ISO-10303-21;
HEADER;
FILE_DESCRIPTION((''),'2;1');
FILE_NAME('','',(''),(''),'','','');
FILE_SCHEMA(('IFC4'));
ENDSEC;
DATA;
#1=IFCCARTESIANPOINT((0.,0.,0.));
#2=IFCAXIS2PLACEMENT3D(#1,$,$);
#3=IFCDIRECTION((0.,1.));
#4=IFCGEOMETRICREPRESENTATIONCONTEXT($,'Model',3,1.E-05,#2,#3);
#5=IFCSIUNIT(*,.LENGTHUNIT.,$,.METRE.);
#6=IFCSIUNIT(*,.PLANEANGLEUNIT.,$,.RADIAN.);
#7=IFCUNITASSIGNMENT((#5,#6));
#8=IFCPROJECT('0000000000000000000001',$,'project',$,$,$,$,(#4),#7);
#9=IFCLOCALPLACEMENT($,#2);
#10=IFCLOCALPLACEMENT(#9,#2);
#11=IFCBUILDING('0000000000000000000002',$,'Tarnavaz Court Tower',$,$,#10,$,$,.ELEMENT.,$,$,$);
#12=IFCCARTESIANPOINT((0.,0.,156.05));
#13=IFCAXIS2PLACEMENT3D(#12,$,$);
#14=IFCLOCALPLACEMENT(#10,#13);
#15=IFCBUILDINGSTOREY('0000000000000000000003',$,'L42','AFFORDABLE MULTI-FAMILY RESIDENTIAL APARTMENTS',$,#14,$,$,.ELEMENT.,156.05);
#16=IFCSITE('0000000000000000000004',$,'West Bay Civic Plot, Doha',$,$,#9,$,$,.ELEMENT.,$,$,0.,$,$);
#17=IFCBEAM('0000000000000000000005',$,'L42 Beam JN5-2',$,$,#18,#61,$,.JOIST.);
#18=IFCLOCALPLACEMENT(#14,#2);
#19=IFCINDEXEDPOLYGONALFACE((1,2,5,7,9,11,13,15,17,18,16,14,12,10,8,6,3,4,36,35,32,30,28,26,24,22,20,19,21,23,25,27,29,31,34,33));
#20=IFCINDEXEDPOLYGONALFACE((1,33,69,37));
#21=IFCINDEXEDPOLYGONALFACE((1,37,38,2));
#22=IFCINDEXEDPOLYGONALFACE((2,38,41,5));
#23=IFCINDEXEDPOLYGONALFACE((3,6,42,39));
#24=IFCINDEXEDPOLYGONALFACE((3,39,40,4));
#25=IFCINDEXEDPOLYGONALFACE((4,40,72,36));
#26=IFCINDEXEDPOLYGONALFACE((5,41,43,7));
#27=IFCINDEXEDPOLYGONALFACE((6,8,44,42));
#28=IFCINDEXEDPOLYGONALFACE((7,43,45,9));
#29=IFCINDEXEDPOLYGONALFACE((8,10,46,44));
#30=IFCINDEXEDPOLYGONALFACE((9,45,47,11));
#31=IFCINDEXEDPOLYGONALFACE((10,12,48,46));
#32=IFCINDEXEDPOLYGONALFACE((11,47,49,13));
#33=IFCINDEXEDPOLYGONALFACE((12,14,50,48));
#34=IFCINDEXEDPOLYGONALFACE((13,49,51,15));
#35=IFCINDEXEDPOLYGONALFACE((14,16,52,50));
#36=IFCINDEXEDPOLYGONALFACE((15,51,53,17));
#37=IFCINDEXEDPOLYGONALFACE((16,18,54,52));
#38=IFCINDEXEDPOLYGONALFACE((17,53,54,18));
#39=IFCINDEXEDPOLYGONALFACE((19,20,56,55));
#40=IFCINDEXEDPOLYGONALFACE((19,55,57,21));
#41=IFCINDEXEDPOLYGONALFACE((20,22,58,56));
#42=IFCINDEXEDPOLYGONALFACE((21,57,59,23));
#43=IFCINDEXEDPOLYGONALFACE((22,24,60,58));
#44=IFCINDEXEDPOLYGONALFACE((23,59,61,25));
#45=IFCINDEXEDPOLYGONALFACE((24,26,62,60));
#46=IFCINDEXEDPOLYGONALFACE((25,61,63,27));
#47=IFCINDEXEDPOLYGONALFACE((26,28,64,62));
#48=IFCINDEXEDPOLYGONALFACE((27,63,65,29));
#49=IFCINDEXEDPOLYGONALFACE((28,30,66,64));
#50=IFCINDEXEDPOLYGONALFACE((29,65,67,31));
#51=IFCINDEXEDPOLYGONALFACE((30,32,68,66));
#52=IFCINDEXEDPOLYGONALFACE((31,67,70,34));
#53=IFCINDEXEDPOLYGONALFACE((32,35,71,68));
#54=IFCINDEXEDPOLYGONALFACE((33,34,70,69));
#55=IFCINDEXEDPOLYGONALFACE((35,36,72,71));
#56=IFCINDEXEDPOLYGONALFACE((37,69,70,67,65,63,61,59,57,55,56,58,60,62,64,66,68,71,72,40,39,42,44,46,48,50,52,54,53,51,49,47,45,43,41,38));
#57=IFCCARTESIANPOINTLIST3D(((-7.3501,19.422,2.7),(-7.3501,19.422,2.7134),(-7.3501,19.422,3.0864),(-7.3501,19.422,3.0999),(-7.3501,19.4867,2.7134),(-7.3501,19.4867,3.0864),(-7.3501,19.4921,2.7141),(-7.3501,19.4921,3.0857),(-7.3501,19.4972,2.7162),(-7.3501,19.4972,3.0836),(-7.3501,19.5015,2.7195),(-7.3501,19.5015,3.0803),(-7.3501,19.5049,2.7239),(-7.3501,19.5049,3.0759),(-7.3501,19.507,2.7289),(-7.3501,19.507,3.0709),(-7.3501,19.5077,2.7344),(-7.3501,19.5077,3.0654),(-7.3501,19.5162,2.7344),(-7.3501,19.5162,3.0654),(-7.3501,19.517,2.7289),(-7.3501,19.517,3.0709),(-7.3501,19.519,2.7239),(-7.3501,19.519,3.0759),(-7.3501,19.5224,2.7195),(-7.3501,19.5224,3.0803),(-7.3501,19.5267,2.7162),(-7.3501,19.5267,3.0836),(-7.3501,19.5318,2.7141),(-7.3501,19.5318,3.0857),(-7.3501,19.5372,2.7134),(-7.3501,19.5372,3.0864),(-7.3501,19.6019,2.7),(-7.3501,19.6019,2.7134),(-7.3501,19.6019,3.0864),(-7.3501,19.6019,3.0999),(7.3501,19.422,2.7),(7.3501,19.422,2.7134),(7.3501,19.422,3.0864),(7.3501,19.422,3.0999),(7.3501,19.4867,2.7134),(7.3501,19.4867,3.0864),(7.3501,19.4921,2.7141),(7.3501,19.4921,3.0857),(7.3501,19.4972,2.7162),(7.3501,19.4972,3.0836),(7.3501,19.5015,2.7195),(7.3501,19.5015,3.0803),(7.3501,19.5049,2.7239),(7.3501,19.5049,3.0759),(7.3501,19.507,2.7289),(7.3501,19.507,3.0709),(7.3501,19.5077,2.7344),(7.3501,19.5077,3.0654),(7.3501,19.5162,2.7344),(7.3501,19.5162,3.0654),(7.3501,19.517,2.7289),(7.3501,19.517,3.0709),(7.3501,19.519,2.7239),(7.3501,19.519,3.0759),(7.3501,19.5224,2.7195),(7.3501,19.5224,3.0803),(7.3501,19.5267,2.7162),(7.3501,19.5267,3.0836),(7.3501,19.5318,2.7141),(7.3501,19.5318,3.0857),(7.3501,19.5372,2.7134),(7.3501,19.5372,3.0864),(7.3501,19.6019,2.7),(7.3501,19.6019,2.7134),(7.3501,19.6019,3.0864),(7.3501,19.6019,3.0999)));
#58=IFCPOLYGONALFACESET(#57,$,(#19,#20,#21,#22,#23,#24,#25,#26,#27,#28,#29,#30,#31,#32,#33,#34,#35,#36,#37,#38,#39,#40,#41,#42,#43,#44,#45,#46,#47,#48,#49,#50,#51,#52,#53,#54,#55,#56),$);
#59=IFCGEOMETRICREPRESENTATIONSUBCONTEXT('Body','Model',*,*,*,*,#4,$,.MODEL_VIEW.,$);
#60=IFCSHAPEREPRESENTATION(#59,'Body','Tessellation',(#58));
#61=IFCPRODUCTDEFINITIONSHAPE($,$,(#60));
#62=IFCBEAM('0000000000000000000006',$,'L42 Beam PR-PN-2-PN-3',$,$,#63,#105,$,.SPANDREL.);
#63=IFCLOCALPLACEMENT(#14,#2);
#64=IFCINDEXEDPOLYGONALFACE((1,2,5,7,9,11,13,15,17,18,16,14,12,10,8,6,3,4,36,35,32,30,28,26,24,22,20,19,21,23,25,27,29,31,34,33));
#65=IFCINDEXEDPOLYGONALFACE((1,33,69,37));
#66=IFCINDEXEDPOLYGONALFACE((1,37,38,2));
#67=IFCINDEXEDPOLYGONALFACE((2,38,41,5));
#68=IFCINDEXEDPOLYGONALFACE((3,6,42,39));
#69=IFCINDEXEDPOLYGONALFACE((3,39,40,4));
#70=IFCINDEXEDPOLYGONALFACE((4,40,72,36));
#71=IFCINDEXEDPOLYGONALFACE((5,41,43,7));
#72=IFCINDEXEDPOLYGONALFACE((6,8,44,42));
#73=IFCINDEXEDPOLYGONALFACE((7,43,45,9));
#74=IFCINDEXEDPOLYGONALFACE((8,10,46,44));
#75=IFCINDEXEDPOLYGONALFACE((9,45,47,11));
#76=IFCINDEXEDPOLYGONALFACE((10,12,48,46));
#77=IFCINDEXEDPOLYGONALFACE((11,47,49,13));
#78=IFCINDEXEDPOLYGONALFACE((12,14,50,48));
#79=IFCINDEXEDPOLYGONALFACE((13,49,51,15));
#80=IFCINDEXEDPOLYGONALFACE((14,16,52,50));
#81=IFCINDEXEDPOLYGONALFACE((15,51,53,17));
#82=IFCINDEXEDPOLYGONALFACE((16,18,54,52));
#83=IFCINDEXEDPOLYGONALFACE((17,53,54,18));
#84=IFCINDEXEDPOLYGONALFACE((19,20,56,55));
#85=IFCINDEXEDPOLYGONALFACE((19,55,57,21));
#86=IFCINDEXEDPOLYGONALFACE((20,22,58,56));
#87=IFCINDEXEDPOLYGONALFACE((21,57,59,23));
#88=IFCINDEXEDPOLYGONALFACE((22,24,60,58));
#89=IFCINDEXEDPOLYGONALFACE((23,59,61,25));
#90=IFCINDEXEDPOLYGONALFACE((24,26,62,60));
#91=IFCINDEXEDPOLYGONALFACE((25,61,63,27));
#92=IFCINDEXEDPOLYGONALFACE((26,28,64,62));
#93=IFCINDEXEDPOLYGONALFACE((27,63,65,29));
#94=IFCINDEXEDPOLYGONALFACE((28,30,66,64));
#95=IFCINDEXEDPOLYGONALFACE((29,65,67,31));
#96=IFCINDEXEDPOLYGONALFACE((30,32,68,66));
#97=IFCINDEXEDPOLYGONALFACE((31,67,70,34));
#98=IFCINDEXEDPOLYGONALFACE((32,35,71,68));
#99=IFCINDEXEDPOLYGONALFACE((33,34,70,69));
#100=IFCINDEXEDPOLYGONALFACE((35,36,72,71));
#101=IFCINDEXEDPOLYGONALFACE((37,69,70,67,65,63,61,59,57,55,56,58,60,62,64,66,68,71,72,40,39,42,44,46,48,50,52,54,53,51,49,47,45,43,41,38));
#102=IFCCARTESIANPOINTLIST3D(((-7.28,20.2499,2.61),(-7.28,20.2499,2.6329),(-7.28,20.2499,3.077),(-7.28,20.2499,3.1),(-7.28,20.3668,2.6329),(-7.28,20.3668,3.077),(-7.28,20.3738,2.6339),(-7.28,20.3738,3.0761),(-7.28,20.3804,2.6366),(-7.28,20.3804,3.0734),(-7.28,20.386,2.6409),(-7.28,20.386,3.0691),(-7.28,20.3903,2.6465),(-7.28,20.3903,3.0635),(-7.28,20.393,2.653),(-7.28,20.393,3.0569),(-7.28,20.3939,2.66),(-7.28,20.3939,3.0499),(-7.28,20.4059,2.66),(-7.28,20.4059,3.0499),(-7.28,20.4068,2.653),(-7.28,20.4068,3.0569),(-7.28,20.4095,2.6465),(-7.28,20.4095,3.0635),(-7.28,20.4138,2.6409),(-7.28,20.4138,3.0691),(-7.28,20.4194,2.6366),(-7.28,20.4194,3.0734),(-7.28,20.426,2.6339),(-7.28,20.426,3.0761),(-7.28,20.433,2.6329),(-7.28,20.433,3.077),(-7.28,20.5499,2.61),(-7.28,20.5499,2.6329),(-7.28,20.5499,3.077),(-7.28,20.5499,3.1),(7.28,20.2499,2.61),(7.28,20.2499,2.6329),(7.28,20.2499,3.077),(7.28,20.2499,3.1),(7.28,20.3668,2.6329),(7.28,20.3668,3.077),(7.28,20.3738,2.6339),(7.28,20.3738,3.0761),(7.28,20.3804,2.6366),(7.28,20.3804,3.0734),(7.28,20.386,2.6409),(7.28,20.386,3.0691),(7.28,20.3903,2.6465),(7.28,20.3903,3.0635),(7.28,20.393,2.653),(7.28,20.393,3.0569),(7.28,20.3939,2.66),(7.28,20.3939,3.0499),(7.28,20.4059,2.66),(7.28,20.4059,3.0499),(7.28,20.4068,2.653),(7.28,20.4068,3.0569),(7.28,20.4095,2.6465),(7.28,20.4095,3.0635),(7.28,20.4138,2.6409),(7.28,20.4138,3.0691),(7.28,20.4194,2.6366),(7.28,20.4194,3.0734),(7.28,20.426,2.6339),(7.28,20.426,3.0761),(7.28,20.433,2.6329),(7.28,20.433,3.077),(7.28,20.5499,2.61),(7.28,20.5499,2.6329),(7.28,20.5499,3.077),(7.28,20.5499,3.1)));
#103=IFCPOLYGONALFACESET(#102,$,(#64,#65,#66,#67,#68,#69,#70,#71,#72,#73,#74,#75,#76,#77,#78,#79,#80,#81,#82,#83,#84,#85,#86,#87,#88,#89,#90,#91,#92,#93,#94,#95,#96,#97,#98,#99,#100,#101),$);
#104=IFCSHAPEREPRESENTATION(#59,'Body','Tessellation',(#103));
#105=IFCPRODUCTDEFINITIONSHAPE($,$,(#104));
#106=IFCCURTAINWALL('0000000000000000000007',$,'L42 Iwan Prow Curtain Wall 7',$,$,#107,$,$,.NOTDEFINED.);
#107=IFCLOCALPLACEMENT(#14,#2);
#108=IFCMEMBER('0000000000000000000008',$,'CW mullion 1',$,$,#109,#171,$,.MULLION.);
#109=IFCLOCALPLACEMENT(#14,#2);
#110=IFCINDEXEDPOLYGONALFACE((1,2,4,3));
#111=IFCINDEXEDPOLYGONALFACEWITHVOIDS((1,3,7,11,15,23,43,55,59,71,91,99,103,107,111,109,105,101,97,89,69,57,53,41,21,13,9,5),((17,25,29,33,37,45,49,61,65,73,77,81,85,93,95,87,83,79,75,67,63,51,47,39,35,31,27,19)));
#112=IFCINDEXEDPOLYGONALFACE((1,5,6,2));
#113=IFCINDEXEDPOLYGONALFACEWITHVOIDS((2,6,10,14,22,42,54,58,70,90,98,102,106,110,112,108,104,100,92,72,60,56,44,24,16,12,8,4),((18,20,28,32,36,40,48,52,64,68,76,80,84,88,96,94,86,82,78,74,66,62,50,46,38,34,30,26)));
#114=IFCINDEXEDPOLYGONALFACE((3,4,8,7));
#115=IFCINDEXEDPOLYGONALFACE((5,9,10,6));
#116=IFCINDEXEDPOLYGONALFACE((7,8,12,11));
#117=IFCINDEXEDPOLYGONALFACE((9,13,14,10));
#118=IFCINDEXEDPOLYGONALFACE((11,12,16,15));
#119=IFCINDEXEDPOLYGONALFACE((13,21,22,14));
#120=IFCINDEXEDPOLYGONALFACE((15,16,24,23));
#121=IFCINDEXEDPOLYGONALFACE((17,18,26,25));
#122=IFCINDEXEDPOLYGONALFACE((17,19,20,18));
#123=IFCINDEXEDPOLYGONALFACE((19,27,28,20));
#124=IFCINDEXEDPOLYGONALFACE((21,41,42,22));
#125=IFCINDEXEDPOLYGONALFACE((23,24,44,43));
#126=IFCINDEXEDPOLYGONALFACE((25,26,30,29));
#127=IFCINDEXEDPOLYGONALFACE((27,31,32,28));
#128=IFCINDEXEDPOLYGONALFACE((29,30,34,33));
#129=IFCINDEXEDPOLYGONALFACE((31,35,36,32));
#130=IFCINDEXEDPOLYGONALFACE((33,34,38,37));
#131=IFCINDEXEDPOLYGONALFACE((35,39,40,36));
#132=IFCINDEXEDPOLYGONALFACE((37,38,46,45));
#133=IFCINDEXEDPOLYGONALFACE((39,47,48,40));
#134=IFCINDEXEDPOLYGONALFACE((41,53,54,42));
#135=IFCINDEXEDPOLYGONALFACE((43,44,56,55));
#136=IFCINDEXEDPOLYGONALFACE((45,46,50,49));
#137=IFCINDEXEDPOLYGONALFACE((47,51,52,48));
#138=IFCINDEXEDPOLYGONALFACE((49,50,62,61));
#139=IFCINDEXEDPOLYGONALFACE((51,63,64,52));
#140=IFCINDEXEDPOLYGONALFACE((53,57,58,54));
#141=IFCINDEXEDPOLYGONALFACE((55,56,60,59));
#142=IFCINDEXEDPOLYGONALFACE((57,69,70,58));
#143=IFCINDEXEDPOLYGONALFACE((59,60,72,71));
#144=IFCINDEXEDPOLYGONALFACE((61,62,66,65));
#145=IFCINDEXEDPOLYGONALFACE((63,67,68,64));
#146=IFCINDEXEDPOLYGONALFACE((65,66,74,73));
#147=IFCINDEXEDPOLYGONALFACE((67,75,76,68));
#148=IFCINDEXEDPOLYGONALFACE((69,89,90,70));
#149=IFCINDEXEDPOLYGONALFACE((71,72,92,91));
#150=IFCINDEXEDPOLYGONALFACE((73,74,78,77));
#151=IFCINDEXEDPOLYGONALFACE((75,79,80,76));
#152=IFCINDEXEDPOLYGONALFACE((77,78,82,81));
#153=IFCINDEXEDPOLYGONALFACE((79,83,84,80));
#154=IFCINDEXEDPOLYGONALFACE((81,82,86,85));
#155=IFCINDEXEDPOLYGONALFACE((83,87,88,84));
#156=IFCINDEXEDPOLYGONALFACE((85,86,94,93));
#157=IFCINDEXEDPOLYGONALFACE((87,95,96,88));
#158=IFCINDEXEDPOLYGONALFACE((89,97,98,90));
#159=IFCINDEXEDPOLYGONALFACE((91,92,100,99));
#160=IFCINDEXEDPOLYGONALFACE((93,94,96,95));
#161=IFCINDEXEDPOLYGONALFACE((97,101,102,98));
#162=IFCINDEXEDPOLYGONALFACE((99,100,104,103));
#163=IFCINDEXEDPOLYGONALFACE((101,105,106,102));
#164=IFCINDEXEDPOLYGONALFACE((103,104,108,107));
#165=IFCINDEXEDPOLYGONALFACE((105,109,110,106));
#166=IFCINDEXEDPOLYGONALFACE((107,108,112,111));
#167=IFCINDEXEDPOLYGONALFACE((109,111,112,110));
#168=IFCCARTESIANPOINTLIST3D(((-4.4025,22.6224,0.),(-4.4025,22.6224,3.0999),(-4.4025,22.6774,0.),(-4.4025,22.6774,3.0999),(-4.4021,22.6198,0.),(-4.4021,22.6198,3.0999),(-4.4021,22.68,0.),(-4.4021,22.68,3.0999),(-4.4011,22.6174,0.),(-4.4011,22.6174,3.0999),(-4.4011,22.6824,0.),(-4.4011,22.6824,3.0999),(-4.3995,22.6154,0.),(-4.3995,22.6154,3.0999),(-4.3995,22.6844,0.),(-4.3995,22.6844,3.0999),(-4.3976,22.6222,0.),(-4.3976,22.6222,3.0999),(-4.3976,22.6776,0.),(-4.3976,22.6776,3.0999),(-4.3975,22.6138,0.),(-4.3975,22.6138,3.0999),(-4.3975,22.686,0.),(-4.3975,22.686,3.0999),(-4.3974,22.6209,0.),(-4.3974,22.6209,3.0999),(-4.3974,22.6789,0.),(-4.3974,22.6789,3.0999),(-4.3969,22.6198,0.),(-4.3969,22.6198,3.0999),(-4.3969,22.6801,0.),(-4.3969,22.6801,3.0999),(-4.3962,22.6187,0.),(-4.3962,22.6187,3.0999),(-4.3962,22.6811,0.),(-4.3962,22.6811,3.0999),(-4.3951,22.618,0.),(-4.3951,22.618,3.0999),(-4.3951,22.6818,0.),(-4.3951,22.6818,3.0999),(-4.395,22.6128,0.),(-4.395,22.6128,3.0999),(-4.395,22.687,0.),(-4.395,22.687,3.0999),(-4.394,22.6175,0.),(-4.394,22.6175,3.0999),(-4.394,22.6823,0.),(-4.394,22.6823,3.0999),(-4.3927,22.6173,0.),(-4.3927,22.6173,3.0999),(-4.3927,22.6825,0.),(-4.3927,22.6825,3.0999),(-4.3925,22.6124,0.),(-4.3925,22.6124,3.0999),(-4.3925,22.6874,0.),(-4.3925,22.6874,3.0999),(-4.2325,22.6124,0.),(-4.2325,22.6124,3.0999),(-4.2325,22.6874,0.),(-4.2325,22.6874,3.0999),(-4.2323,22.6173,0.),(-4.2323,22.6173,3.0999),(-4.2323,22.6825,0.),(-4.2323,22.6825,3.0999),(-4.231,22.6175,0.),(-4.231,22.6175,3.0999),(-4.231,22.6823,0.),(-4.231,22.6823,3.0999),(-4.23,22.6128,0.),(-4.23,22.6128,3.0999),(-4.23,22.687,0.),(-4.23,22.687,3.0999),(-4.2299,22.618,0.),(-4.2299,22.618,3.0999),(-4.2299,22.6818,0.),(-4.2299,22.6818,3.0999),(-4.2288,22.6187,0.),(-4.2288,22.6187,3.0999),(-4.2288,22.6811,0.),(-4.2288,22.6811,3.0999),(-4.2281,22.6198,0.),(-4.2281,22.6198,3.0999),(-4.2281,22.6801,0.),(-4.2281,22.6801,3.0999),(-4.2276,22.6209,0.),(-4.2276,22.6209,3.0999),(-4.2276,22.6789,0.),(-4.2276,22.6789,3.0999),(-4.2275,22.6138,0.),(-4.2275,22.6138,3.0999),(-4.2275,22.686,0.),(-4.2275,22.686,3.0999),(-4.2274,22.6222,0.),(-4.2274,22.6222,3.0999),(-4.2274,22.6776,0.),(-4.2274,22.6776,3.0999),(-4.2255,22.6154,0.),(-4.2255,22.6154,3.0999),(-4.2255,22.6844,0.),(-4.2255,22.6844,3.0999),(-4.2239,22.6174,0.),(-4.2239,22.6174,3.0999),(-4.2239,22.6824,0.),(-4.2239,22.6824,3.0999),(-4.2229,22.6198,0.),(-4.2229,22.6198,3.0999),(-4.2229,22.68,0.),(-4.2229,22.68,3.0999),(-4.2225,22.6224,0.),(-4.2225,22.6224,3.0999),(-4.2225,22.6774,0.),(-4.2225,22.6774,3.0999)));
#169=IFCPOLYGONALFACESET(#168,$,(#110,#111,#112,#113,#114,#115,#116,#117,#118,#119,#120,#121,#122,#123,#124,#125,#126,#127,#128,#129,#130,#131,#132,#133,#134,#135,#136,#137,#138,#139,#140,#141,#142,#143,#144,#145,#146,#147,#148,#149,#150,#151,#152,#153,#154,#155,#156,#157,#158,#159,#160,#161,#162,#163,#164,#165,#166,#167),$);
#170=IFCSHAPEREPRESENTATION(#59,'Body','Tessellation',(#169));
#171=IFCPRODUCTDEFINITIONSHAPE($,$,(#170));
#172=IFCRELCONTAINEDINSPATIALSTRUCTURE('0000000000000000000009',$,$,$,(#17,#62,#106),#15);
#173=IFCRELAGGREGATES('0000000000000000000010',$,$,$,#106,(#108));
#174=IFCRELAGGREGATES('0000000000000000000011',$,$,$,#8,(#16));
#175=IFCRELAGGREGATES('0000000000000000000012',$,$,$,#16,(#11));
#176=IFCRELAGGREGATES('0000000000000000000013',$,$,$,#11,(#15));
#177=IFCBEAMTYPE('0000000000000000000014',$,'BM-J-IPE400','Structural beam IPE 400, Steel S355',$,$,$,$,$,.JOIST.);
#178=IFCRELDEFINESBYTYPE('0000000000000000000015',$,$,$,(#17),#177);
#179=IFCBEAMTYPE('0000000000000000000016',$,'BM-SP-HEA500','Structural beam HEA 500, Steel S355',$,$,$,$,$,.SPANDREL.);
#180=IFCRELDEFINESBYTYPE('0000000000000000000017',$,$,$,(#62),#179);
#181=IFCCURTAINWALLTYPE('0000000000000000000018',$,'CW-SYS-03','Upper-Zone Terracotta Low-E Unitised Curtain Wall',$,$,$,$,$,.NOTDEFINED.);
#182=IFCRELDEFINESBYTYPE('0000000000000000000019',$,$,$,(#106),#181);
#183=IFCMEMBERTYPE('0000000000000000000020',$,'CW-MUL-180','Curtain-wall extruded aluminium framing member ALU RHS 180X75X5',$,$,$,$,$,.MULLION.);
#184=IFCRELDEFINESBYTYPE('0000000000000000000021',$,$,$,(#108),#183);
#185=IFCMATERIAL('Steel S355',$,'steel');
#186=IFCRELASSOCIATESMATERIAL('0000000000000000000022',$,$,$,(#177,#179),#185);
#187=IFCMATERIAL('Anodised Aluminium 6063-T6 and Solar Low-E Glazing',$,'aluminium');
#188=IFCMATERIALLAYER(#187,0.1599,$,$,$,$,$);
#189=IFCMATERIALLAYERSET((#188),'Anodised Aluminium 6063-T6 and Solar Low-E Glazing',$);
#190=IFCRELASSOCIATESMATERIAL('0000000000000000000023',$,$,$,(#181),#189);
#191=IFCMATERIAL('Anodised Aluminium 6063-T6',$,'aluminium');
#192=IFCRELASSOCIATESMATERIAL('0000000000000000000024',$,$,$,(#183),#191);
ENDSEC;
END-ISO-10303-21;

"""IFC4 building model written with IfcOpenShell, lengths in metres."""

from ifc_helpers import new_model, si_unit, direction, frame, origin, origin_2d, place, context, subcontext, project, spatial, hollow_rectangle, i_section, extrude, material, layer, layer_set, material_profile, profile_set, type_object, element, aggregate, save


model = new_model("IFC4")

# Units and contexts
model_context = context("Model", 3, precision=1e-05, world=origin(), true_north=direction((0.0, 1.0)))
body_context = subcontext(model_context, "Body", "Model", "MODEL_VIEW")
ifc_project = project(units=[si_unit("LENGTHUNIT", "METRE"), si_unit("PLANEANGLEUNIT", "RADIAN")], contexts=[model_context])

# Site, building, storey
site_placement = place(None, origin())
site = spatial("IfcSite", under=ifc_project, at=site_placement, Name="West Bay Civic Plot, Doha", CompositionType="ELEMENT", RefElevation=0.0)
building_placement = place(site_placement, origin())
building = spatial("IfcBuilding", under=site, at=building_placement, Name="Tarnavaz Court Tower", CompositionType="ELEMENT")
storey_placement = place(building_placement, frame((0.0, 0.0, 156.05)))
storey = spatial("IfcBuildingStorey", under=building, at=storey_placement, Name="L42", Description="AFFORDABLE MULTI-FAMILY RESIDENTIAL APARTMENTS", CompositionType="ELEMENT", Elevation=156.05)

# Beams
ifc_material_1 = material(Name="Steel S355", Category="steel")
ifc_material_profile_1 = material_profile(ifc_material_1, i_section(OverallWidth=0.1799, OverallDepth=0.3999, WebThickness=0.0085, FlangeThickness=0.0134, FilletRadius=0.021, at=origin_2d()), Name="IPE 400")
ifc_profile_set_1 = profile_set([ifc_material_profile_1], Name="Steel S355")
beam_type_1 = type_object("IfcBeamType", Name="BM-J-IPE400", Description="Structural beam IPE 400, Steel S355", PredefinedType="JOIST", material=ifc_profile_set_1)
for number, where, z_axis, x_axis, name in (
    (1, (-7.3501, 19.512, 2.8999), (1.0, 0.0, 0.0), (0.0, 1.0, 0.0), "L42 Beam JN5-2"),
):
    element("IfcBeam", number, at=place(storey_placement, frame(where, z_axis=z_axis, x_axis=x_axis)), inside=storey, type_object=beam_type_1, Name=name, PredefinedType="JOIST", context=body_context, shape_type="SweptSolid", body=[
        extrude(i_section(OverallWidth=0.1799, OverallDepth=0.3999, WebThickness=0.0085, FlangeThickness=0.0134, FilletRadius=0.021, at=origin_2d()), origin(), (0.0, 0.0, 1.0), 14.7002),
    ])
ifc_material_profile_2 = material_profile(ifc_material_1, i_section(OverallWidth=0.3, OverallDepth=0.49, WebThickness=0.012, FlangeThickness=0.0229, FilletRadius=0.0271, at=origin_2d()), Name="HEA 500")
ifc_profile_set_2 = profile_set([ifc_material_profile_2], Name="Steel S355")
beam_type_2 = type_object("IfcBeamType", Name="BM-SP-HEA500", Description="Structural beam HEA 500, Steel S355", PredefinedType="SPANDREL", material=ifc_profile_set_2)
beam_placement = place(storey_placement, frame((-7.28, 20.3999, 2.855), z_axis=(1.0, 0.0, 0.0), x_axis=(0.0, 1.0, 0.0)))
element("IfcBeam", 2, at=beam_placement, inside=storey, type_object=beam_type_2, Name="L42 Beam PR-PN-2-PN-3", PredefinedType="SPANDREL", context=body_context, shape_type="SweptSolid", body=[
    extrude(i_section(OverallWidth=0.3, OverallDepth=0.49, WebThickness=0.012, FlangeThickness=0.0229, FilletRadius=0.0271, at=origin_2d()), origin(), (0.0, 0.0, 1.0), 14.5601),
])

# Curtain wall, member
ifc_material_2 = material(Name="Anodised Aluminium 6063-T6 and Solar Low-E Glazing", Category="aluminium")
ifc_layer_1 = layer(ifc_material_2, 0.1599)
ifc_layer_set_1 = layer_set([ifc_layer_1], Name="Anodised Aluminium 6063-T6 and Solar Low-E Glazing")
curtain_wall_type = type_object("IfcCurtainWallType", Name="CW-SYS-03", Description="Upper-Zone Terracotta Low-E Unitised Curtain Wall", PredefinedType="NOTDEFINED", material=ifc_layer_set_1)
curtain_wall_placement = place(storey_placement, origin())
curtain_wall = element("IfcCurtainWall", 3, at=curtain_wall_placement, inside=storey, type_object=curtain_wall_type, Name="L42 Iwan Prow Curtain Wall 7", PredefinedType="NOTDEFINED")
ifc_material_3 = material(Name="Anodised Aluminium 6063-T6", Category="aluminium")
ifc_material_profile_3 = material_profile(ifc_material_3, hollow_rectangle(XDim=0.075, YDim=0.1799, WallThickness=0.0049, InnerFilletRadius=0.0049, OuterFilletRadius=0.01, at=origin_2d()), Name="ALU RHS 180X75X5")
ifc_profile_set_3 = profile_set([ifc_material_profile_3], Name="Anodised Aluminium 6063-T6")
member_type_1 = type_object("IfcMemberType", Name="CW-MUL-180", Description="Curtain-wall extruded aluminium framing member ALU RHS 180X75X5", PredefinedType="MULLION", material=ifc_profile_set_3)
member_1_placement = place(storey_placement, frame((-4.3125, 22.6499, 0.0), z_axis=(0.0, 0.0, 1.0), x_axis=(0.0, 1.0, 0.0)))
member_1 = element("IfcMember", 4, at=member_1_placement, type_object=member_type_1, Name="CW mullion 1", PredefinedType="MULLION", context=body_context, shape_type="SweptSolid", body=[
    extrude(hollow_rectangle(XDim=0.075, YDim=0.1799, WallThickness=0.0049, InnerFilletRadius=0.0049, OuterFilletRadius=0.01, at=origin_2d()), origin(), (0.0, 0.0, 1.0), 3.0999),
])
aggregate(curtain_wall, [member_1])

save(model, "model.ifc")
